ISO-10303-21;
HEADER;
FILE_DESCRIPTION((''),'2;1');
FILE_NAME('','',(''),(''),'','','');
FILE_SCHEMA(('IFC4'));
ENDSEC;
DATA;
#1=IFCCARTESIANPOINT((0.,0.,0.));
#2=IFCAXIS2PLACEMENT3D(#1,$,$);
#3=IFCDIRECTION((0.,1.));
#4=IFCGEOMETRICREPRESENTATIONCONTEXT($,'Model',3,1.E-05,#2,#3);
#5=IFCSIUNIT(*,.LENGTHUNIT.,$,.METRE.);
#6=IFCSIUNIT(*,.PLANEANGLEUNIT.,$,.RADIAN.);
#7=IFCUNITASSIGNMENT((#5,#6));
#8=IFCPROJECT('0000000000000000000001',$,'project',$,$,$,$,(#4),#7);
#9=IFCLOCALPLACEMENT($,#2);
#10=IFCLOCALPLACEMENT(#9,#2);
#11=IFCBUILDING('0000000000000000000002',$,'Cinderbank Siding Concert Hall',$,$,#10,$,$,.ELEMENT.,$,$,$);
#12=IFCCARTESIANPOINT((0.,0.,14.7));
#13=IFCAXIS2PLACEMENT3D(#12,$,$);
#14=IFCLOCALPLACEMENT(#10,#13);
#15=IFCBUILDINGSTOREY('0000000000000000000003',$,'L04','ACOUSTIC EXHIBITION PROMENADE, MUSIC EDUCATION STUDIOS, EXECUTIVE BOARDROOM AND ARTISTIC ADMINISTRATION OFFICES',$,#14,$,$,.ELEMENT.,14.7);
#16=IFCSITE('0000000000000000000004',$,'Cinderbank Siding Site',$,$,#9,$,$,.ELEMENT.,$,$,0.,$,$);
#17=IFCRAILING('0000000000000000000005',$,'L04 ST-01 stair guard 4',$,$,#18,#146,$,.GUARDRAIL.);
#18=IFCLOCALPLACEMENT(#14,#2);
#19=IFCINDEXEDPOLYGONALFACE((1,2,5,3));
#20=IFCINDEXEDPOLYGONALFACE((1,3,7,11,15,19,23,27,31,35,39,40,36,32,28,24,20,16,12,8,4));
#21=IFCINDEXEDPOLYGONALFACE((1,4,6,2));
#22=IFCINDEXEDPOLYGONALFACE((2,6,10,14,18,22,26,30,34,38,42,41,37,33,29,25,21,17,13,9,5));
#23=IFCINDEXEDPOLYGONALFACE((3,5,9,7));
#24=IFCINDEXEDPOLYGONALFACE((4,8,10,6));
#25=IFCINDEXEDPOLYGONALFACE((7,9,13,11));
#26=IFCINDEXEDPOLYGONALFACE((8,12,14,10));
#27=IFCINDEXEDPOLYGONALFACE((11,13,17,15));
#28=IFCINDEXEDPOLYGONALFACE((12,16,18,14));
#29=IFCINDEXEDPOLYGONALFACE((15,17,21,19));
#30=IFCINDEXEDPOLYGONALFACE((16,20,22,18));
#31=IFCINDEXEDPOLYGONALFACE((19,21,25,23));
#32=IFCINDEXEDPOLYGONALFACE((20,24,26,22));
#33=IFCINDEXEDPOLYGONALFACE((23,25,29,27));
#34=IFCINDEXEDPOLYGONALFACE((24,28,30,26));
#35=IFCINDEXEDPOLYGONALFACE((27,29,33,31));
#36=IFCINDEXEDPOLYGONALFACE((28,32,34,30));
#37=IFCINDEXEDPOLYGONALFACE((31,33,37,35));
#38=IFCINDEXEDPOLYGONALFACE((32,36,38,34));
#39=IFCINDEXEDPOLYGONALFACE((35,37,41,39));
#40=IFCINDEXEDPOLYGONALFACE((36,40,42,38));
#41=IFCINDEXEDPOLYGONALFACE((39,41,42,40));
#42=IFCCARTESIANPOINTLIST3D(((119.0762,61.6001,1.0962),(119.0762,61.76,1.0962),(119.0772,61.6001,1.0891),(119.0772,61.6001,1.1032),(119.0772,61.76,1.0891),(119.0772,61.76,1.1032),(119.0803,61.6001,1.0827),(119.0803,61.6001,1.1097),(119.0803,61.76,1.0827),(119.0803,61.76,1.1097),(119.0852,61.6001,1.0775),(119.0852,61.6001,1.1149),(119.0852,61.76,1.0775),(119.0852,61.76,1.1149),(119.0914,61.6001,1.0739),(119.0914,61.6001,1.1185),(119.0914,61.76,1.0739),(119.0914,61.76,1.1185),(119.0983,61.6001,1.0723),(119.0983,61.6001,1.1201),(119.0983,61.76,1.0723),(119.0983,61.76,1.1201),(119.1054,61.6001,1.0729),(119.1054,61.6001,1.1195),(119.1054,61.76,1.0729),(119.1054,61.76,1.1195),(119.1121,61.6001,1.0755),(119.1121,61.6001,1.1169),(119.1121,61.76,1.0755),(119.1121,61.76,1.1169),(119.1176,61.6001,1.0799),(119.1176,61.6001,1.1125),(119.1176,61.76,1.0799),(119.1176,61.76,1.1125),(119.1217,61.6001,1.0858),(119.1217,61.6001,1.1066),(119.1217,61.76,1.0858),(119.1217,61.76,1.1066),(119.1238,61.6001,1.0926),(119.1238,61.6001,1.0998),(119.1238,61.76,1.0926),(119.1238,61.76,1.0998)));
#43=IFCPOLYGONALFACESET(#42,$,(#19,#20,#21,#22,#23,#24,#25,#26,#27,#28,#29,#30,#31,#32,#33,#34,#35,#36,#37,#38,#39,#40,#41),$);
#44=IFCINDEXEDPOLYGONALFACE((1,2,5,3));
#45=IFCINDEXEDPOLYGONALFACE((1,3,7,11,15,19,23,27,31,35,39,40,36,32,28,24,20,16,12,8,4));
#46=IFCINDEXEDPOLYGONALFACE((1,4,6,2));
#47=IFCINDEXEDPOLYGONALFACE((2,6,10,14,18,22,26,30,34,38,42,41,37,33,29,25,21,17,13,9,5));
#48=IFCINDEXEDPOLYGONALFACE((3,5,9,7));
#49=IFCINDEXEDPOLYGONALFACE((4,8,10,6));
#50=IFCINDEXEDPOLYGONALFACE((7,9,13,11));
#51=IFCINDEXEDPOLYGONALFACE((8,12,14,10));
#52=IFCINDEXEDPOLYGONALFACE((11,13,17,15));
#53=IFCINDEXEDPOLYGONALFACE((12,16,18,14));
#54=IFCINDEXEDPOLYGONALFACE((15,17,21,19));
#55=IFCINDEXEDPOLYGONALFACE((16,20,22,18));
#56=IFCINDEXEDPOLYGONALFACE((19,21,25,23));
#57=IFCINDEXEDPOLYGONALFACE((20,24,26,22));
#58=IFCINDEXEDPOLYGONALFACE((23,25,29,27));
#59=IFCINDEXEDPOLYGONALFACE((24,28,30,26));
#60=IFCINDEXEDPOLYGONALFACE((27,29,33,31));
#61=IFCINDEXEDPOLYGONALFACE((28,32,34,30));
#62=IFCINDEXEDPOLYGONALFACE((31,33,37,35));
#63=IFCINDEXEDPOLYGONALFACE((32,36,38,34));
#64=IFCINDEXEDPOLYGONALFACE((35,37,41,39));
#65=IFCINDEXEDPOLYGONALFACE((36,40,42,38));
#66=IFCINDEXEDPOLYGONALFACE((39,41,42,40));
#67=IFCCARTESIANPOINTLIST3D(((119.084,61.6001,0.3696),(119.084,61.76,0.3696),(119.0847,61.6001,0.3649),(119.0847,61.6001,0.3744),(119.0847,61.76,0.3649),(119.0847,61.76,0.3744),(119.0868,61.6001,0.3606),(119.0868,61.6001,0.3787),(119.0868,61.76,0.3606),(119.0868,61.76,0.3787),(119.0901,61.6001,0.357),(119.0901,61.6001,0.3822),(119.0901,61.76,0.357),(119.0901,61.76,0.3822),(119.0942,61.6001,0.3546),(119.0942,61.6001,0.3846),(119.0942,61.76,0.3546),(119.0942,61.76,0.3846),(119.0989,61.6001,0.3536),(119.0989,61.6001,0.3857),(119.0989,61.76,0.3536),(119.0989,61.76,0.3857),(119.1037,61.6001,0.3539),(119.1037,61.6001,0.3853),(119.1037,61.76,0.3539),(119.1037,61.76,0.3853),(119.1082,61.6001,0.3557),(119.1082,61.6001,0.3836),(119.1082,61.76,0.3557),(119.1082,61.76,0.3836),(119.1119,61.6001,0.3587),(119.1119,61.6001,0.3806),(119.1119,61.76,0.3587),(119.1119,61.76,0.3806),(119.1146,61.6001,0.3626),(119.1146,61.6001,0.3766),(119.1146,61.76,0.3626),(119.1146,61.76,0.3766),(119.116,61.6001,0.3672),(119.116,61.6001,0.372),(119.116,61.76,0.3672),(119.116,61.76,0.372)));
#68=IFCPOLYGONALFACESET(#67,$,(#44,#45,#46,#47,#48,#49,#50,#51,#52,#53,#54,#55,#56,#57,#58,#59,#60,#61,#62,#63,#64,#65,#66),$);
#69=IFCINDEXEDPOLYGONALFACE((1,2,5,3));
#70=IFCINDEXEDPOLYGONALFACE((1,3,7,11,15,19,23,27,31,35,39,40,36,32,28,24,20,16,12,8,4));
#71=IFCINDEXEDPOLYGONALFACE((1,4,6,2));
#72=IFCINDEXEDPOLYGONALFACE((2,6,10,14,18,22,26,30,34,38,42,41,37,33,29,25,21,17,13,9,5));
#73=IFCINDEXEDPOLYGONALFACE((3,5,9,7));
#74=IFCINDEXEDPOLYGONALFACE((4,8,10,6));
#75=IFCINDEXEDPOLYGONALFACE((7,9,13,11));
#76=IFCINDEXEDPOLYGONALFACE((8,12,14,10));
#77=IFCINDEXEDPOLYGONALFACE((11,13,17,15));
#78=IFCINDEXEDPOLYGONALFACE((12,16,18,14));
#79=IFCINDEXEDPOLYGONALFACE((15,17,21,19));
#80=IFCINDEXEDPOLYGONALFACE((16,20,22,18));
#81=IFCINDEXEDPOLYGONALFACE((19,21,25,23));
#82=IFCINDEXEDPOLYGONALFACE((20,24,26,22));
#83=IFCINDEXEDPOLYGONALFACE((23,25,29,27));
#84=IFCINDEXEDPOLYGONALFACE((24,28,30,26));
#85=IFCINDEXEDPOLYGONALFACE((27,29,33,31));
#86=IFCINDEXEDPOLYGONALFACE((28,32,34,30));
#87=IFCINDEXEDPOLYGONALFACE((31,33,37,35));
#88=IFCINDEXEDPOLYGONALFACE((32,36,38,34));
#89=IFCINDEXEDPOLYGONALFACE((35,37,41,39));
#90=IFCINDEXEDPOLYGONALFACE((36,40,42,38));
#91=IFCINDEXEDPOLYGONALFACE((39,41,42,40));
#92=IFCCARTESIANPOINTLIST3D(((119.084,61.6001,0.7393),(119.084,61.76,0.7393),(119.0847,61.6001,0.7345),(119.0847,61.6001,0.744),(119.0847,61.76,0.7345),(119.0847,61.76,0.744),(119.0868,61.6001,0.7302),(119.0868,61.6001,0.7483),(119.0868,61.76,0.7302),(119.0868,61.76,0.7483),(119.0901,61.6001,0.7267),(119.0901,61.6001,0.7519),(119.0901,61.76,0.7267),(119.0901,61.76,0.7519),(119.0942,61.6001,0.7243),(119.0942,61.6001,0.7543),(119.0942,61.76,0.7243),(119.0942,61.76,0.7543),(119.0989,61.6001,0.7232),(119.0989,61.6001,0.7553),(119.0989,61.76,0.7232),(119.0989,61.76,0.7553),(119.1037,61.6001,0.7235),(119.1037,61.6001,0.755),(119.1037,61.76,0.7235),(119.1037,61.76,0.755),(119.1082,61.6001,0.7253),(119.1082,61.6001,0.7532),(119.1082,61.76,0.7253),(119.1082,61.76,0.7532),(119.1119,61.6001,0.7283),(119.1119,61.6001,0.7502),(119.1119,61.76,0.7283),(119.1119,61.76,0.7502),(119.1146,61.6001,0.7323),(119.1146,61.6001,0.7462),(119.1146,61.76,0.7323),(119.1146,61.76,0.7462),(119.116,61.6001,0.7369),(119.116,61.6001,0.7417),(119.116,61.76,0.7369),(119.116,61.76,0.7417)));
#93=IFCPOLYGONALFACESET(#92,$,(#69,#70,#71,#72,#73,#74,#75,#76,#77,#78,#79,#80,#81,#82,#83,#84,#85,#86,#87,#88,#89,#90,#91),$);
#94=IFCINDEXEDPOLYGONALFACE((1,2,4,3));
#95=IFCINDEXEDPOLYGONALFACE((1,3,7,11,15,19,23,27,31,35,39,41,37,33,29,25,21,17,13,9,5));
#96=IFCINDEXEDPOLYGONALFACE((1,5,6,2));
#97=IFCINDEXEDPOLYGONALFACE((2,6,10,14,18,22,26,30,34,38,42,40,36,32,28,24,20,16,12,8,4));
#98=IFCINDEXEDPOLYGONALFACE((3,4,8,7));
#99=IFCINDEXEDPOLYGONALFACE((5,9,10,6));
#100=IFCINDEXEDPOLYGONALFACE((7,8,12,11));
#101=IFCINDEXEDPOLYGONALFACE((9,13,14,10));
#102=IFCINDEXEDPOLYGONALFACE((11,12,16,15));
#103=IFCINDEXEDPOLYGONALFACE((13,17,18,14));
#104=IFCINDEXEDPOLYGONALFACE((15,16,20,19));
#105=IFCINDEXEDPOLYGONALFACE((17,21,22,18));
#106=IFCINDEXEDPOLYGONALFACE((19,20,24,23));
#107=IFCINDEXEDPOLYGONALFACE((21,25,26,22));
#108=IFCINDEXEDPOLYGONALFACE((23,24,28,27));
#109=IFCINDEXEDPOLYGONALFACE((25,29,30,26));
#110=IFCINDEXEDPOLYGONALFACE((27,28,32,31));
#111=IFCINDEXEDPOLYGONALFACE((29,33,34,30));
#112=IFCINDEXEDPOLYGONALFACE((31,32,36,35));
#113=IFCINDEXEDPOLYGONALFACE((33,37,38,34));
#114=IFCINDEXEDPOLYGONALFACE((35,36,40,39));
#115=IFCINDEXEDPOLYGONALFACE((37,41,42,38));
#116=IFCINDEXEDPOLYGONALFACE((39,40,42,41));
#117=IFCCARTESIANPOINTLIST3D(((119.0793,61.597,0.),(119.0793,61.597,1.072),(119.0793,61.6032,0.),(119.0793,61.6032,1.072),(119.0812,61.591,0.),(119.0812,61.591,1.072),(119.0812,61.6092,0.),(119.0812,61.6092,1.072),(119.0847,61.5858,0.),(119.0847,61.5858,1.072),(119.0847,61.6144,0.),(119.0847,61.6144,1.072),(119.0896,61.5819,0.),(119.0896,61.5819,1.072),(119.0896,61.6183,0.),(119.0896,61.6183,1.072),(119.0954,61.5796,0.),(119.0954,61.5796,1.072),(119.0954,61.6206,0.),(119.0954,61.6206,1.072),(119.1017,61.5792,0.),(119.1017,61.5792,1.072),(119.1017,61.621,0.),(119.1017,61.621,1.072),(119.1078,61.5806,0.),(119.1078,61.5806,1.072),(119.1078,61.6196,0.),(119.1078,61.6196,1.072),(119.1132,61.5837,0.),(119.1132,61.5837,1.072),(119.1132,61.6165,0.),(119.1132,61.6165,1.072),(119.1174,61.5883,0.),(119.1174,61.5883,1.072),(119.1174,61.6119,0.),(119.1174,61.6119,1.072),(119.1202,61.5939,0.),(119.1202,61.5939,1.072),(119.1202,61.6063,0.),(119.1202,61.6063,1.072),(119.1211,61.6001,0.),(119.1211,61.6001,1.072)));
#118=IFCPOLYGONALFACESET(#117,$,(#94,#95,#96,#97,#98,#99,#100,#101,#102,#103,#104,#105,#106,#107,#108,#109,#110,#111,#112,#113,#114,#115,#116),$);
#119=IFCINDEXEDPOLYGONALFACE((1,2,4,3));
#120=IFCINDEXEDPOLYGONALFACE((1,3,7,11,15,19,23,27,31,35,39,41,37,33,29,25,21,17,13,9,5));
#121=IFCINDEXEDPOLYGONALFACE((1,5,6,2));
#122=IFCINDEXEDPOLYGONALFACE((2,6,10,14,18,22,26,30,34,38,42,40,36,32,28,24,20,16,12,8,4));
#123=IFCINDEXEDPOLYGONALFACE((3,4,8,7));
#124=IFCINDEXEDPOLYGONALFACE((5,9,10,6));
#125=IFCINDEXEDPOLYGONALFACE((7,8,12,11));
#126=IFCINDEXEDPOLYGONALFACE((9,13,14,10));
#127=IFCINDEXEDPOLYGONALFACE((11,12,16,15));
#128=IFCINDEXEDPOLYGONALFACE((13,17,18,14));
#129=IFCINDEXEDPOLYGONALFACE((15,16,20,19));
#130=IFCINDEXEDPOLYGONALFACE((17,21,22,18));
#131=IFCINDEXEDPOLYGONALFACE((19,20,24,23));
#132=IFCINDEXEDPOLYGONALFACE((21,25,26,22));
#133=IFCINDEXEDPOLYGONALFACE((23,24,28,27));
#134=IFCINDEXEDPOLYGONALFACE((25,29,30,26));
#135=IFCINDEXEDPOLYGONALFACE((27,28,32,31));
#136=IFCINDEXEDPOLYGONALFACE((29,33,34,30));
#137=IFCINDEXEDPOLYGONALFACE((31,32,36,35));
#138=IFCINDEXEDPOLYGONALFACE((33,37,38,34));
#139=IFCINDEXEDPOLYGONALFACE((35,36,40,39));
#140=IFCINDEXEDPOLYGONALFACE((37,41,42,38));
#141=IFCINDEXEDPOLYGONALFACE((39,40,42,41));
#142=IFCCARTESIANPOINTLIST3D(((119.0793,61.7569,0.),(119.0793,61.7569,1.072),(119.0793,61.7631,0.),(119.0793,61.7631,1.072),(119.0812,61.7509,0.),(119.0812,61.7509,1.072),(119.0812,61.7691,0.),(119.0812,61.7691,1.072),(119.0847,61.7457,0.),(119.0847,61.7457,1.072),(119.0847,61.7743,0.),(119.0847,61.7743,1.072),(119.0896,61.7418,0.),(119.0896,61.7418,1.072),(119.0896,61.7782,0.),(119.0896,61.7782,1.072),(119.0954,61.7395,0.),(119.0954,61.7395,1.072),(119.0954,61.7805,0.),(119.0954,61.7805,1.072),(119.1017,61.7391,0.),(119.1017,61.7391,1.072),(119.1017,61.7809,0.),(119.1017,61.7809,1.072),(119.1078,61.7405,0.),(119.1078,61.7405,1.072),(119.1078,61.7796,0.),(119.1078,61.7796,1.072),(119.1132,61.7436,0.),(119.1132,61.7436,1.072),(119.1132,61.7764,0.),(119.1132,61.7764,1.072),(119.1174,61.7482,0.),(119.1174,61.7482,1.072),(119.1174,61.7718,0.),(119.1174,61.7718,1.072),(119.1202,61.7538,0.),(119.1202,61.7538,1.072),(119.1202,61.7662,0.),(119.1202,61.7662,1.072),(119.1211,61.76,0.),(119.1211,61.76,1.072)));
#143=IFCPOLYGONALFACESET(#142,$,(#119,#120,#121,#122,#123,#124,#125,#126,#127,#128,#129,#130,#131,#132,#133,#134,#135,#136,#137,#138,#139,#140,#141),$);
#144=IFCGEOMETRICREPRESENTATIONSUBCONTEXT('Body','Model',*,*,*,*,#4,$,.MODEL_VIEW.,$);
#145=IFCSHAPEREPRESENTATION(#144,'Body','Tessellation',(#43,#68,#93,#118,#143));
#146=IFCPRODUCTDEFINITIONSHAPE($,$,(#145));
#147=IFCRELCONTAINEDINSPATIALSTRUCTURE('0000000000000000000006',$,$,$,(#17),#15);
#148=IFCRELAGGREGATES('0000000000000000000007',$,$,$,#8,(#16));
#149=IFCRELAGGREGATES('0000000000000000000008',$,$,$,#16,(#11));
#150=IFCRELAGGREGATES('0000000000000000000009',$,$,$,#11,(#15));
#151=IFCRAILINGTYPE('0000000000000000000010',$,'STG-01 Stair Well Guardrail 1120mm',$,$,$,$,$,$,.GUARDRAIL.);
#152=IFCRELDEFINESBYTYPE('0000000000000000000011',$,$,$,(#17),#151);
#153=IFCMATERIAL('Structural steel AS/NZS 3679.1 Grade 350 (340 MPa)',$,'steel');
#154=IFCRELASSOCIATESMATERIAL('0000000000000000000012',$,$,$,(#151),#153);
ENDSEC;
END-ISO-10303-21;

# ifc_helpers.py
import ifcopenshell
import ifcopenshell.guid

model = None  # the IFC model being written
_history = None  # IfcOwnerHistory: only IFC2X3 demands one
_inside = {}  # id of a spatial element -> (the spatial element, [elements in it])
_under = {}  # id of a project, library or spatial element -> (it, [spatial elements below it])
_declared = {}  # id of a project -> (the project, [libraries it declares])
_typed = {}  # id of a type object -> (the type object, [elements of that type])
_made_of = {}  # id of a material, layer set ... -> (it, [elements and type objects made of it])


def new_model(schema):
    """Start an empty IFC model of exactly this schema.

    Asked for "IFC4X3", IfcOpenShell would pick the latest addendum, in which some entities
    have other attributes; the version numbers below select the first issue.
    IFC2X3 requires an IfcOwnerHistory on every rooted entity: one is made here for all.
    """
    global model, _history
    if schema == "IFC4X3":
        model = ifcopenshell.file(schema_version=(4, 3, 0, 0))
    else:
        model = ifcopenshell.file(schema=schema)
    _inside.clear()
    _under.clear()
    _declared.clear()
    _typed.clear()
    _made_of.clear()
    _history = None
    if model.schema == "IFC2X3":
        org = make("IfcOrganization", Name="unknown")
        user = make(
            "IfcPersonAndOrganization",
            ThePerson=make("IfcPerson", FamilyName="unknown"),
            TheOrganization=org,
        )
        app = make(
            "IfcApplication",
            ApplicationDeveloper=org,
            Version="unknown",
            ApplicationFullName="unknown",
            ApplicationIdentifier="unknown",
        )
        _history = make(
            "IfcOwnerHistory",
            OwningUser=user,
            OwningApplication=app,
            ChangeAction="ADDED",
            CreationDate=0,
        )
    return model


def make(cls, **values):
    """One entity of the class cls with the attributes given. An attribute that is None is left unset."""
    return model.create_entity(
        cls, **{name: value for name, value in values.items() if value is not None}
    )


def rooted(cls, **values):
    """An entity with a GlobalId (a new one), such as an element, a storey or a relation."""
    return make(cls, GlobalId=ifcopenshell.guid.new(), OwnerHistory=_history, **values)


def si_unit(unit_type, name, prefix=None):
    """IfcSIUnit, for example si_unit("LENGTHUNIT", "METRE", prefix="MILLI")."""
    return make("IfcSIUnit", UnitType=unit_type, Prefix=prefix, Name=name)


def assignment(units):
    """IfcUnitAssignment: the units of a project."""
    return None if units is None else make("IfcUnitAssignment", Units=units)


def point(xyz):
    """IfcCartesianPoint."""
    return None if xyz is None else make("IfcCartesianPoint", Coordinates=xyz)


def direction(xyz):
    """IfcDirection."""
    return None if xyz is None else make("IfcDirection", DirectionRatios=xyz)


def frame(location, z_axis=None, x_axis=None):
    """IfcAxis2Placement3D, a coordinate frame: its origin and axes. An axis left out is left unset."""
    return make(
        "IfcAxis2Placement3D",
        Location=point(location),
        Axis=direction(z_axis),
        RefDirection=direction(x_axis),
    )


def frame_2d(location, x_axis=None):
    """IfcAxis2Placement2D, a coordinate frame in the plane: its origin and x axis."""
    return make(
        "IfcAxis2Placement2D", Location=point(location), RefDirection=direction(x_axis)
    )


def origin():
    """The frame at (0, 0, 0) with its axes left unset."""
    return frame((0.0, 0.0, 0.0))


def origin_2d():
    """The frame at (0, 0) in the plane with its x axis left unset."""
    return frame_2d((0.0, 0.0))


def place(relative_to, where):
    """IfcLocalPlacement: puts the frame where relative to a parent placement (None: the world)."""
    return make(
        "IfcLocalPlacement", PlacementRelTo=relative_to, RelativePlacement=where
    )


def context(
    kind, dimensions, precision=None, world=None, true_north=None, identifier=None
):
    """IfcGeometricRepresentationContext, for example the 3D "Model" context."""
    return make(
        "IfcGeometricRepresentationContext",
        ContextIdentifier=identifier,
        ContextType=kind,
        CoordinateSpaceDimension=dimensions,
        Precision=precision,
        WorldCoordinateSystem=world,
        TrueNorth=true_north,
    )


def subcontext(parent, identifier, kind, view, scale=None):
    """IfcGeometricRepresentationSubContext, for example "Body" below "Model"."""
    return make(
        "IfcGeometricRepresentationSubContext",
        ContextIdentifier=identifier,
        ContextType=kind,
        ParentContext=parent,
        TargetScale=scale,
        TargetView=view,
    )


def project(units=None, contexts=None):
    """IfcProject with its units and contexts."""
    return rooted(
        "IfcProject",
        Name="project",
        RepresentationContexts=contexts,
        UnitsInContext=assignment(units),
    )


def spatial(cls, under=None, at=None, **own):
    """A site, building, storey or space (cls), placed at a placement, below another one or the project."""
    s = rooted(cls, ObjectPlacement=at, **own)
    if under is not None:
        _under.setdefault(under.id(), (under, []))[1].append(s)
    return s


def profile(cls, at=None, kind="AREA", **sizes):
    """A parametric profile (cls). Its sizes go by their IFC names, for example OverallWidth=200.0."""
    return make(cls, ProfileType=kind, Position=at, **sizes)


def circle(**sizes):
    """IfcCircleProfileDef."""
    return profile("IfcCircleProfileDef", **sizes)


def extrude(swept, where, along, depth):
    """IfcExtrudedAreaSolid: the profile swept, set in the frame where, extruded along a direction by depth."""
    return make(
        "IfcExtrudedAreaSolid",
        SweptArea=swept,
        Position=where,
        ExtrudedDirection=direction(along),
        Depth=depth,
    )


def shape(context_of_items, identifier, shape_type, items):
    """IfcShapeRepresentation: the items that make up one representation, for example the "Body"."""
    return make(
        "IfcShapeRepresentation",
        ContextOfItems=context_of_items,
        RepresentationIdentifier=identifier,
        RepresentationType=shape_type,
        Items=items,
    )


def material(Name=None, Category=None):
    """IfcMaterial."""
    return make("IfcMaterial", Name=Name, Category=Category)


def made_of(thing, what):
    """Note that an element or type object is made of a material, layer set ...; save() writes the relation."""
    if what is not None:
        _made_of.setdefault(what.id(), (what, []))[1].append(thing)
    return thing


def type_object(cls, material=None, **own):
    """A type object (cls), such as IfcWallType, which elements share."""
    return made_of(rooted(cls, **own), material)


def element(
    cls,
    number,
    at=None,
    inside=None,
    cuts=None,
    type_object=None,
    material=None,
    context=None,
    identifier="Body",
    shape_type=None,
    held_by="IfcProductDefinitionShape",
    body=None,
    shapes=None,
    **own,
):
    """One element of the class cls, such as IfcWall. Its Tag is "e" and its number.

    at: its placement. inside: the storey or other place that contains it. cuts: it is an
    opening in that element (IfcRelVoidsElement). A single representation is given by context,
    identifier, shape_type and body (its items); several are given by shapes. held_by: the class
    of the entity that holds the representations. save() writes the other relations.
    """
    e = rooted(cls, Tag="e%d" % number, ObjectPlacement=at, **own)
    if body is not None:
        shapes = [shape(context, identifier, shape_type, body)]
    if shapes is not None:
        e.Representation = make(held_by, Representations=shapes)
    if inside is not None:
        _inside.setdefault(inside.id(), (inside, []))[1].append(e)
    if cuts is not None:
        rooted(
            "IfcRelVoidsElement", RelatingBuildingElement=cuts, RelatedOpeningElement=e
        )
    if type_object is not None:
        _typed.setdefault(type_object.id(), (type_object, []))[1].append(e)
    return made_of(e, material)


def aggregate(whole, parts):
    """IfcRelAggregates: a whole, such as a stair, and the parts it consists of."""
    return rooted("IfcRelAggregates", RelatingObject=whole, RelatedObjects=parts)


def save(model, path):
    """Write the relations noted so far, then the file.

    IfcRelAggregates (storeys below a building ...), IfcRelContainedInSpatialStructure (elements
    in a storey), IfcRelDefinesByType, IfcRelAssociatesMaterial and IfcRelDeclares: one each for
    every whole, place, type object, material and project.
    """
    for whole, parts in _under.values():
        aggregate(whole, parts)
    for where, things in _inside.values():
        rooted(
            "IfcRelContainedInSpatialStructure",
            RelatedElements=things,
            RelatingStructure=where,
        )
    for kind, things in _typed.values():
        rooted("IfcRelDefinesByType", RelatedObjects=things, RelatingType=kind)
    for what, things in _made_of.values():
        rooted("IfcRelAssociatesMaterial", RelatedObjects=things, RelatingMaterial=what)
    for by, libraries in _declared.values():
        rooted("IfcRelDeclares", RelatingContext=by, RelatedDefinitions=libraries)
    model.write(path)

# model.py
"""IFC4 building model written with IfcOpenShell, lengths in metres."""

from ifc_helpers import new_model, si_unit, direction, frame, origin, origin_2d, place, context, subcontext, project, spatial, circle, extrude, material, type_object, element, save


model = new_model("IFC4")

# Units and contexts
model_context = context("Model", 3, precision=1e-05, world=origin(), true_north=direction((0.0, 1.0)))
body_context = subcontext(model_context, "Body", "Model", "MODEL_VIEW")
ifc_project = project(units=[si_unit("LENGTHUNIT", "METRE"), si_unit("PLANEANGLEUNIT", "RADIAN")], contexts=[model_context])

# Site, building, storey
site_placement = place(None, origin())
site = spatial("IfcSite", under=ifc_project, at=site_placement, Name="Cinderbank Siding Site", CompositionType="ELEMENT", RefElevation=0.0)
building_placement = place(site_placement, origin())
building = spatial("IfcBuilding", under=site, at=building_placement, Name="Cinderbank Siding Concert Hall", CompositionType="ELEMENT")
storey_placement = place(building_placement, frame((0.0, 0.0, 14.7)))
storey = spatial("IfcBuildingStorey", under=building, at=storey_placement, Name="L04", Description="ACOUSTIC EXHIBITION PROMENADE, MUSIC EDUCATION STUDIOS, EXECUTIVE BOARDROOM AND ARTISTIC ADMINISTRATION OFFICES", CompositionType="ELEMENT", Elevation=14.7)

# Shared definitions
ifc_material_1 = material(Name="Structural steel AS/NZS 3679.1 Grade 350 (340 MPa)", Category="steel")

# Railing
railing_type_1 = type_object("IfcRailingType", Name="STG-01 Stair Well Guardrail 1120mm", PredefinedType="GUARDRAIL", material=ifc_material_1)
railing_1_placement = place(storey_placement, frame((119.1001, 61.6001, 0.0)))
element("IfcRailing", 1, at=railing_1_placement, inside=storey, type_object=railing_type_1, Name="L04 ST-01 stair guard 4", PredefinedType="GUARDRAIL", context=body_context, shape_type="SweptSolid", body=[
    extrude(circle(Radius=0.0239, at=origin_2d()), frame((0.0, 0.0, 1.0962), z_axis=(0.0, 1.0, 0.0), x_axis=(-1.0, 0.0, 0.0)), (0.0, 0.0, 1.0), 0.1599),
    extrude(circle(Radius=0.0161, at=origin_2d()), frame((0.0, 0.0, 0.3696), z_axis=(0.0, 1.0, 0.0), x_axis=(-1.0, 0.0, 0.0)), (0.0, 0.0, 1.0), 0.1599),
    extrude(circle(Radius=0.0161, at=origin_2d()), frame((0.0, 0.0, 0.7393), z_axis=(0.0, 1.0, 0.0), x_axis=(-1.0, 0.0, 0.0)), (0.0, 0.0, 1.0), 0.1599),
    extrude(circle(Radius=0.021, at=origin_2d()), origin(), (0.0, 0.0, 1.0), 1.072),
    extrude(circle(Radius=0.021, at=origin_2d()), frame((0.0, 0.1599, 0.0)), (0.0, 0.0, 1.0), 1.072),
])

save(model, "model.ifc")
